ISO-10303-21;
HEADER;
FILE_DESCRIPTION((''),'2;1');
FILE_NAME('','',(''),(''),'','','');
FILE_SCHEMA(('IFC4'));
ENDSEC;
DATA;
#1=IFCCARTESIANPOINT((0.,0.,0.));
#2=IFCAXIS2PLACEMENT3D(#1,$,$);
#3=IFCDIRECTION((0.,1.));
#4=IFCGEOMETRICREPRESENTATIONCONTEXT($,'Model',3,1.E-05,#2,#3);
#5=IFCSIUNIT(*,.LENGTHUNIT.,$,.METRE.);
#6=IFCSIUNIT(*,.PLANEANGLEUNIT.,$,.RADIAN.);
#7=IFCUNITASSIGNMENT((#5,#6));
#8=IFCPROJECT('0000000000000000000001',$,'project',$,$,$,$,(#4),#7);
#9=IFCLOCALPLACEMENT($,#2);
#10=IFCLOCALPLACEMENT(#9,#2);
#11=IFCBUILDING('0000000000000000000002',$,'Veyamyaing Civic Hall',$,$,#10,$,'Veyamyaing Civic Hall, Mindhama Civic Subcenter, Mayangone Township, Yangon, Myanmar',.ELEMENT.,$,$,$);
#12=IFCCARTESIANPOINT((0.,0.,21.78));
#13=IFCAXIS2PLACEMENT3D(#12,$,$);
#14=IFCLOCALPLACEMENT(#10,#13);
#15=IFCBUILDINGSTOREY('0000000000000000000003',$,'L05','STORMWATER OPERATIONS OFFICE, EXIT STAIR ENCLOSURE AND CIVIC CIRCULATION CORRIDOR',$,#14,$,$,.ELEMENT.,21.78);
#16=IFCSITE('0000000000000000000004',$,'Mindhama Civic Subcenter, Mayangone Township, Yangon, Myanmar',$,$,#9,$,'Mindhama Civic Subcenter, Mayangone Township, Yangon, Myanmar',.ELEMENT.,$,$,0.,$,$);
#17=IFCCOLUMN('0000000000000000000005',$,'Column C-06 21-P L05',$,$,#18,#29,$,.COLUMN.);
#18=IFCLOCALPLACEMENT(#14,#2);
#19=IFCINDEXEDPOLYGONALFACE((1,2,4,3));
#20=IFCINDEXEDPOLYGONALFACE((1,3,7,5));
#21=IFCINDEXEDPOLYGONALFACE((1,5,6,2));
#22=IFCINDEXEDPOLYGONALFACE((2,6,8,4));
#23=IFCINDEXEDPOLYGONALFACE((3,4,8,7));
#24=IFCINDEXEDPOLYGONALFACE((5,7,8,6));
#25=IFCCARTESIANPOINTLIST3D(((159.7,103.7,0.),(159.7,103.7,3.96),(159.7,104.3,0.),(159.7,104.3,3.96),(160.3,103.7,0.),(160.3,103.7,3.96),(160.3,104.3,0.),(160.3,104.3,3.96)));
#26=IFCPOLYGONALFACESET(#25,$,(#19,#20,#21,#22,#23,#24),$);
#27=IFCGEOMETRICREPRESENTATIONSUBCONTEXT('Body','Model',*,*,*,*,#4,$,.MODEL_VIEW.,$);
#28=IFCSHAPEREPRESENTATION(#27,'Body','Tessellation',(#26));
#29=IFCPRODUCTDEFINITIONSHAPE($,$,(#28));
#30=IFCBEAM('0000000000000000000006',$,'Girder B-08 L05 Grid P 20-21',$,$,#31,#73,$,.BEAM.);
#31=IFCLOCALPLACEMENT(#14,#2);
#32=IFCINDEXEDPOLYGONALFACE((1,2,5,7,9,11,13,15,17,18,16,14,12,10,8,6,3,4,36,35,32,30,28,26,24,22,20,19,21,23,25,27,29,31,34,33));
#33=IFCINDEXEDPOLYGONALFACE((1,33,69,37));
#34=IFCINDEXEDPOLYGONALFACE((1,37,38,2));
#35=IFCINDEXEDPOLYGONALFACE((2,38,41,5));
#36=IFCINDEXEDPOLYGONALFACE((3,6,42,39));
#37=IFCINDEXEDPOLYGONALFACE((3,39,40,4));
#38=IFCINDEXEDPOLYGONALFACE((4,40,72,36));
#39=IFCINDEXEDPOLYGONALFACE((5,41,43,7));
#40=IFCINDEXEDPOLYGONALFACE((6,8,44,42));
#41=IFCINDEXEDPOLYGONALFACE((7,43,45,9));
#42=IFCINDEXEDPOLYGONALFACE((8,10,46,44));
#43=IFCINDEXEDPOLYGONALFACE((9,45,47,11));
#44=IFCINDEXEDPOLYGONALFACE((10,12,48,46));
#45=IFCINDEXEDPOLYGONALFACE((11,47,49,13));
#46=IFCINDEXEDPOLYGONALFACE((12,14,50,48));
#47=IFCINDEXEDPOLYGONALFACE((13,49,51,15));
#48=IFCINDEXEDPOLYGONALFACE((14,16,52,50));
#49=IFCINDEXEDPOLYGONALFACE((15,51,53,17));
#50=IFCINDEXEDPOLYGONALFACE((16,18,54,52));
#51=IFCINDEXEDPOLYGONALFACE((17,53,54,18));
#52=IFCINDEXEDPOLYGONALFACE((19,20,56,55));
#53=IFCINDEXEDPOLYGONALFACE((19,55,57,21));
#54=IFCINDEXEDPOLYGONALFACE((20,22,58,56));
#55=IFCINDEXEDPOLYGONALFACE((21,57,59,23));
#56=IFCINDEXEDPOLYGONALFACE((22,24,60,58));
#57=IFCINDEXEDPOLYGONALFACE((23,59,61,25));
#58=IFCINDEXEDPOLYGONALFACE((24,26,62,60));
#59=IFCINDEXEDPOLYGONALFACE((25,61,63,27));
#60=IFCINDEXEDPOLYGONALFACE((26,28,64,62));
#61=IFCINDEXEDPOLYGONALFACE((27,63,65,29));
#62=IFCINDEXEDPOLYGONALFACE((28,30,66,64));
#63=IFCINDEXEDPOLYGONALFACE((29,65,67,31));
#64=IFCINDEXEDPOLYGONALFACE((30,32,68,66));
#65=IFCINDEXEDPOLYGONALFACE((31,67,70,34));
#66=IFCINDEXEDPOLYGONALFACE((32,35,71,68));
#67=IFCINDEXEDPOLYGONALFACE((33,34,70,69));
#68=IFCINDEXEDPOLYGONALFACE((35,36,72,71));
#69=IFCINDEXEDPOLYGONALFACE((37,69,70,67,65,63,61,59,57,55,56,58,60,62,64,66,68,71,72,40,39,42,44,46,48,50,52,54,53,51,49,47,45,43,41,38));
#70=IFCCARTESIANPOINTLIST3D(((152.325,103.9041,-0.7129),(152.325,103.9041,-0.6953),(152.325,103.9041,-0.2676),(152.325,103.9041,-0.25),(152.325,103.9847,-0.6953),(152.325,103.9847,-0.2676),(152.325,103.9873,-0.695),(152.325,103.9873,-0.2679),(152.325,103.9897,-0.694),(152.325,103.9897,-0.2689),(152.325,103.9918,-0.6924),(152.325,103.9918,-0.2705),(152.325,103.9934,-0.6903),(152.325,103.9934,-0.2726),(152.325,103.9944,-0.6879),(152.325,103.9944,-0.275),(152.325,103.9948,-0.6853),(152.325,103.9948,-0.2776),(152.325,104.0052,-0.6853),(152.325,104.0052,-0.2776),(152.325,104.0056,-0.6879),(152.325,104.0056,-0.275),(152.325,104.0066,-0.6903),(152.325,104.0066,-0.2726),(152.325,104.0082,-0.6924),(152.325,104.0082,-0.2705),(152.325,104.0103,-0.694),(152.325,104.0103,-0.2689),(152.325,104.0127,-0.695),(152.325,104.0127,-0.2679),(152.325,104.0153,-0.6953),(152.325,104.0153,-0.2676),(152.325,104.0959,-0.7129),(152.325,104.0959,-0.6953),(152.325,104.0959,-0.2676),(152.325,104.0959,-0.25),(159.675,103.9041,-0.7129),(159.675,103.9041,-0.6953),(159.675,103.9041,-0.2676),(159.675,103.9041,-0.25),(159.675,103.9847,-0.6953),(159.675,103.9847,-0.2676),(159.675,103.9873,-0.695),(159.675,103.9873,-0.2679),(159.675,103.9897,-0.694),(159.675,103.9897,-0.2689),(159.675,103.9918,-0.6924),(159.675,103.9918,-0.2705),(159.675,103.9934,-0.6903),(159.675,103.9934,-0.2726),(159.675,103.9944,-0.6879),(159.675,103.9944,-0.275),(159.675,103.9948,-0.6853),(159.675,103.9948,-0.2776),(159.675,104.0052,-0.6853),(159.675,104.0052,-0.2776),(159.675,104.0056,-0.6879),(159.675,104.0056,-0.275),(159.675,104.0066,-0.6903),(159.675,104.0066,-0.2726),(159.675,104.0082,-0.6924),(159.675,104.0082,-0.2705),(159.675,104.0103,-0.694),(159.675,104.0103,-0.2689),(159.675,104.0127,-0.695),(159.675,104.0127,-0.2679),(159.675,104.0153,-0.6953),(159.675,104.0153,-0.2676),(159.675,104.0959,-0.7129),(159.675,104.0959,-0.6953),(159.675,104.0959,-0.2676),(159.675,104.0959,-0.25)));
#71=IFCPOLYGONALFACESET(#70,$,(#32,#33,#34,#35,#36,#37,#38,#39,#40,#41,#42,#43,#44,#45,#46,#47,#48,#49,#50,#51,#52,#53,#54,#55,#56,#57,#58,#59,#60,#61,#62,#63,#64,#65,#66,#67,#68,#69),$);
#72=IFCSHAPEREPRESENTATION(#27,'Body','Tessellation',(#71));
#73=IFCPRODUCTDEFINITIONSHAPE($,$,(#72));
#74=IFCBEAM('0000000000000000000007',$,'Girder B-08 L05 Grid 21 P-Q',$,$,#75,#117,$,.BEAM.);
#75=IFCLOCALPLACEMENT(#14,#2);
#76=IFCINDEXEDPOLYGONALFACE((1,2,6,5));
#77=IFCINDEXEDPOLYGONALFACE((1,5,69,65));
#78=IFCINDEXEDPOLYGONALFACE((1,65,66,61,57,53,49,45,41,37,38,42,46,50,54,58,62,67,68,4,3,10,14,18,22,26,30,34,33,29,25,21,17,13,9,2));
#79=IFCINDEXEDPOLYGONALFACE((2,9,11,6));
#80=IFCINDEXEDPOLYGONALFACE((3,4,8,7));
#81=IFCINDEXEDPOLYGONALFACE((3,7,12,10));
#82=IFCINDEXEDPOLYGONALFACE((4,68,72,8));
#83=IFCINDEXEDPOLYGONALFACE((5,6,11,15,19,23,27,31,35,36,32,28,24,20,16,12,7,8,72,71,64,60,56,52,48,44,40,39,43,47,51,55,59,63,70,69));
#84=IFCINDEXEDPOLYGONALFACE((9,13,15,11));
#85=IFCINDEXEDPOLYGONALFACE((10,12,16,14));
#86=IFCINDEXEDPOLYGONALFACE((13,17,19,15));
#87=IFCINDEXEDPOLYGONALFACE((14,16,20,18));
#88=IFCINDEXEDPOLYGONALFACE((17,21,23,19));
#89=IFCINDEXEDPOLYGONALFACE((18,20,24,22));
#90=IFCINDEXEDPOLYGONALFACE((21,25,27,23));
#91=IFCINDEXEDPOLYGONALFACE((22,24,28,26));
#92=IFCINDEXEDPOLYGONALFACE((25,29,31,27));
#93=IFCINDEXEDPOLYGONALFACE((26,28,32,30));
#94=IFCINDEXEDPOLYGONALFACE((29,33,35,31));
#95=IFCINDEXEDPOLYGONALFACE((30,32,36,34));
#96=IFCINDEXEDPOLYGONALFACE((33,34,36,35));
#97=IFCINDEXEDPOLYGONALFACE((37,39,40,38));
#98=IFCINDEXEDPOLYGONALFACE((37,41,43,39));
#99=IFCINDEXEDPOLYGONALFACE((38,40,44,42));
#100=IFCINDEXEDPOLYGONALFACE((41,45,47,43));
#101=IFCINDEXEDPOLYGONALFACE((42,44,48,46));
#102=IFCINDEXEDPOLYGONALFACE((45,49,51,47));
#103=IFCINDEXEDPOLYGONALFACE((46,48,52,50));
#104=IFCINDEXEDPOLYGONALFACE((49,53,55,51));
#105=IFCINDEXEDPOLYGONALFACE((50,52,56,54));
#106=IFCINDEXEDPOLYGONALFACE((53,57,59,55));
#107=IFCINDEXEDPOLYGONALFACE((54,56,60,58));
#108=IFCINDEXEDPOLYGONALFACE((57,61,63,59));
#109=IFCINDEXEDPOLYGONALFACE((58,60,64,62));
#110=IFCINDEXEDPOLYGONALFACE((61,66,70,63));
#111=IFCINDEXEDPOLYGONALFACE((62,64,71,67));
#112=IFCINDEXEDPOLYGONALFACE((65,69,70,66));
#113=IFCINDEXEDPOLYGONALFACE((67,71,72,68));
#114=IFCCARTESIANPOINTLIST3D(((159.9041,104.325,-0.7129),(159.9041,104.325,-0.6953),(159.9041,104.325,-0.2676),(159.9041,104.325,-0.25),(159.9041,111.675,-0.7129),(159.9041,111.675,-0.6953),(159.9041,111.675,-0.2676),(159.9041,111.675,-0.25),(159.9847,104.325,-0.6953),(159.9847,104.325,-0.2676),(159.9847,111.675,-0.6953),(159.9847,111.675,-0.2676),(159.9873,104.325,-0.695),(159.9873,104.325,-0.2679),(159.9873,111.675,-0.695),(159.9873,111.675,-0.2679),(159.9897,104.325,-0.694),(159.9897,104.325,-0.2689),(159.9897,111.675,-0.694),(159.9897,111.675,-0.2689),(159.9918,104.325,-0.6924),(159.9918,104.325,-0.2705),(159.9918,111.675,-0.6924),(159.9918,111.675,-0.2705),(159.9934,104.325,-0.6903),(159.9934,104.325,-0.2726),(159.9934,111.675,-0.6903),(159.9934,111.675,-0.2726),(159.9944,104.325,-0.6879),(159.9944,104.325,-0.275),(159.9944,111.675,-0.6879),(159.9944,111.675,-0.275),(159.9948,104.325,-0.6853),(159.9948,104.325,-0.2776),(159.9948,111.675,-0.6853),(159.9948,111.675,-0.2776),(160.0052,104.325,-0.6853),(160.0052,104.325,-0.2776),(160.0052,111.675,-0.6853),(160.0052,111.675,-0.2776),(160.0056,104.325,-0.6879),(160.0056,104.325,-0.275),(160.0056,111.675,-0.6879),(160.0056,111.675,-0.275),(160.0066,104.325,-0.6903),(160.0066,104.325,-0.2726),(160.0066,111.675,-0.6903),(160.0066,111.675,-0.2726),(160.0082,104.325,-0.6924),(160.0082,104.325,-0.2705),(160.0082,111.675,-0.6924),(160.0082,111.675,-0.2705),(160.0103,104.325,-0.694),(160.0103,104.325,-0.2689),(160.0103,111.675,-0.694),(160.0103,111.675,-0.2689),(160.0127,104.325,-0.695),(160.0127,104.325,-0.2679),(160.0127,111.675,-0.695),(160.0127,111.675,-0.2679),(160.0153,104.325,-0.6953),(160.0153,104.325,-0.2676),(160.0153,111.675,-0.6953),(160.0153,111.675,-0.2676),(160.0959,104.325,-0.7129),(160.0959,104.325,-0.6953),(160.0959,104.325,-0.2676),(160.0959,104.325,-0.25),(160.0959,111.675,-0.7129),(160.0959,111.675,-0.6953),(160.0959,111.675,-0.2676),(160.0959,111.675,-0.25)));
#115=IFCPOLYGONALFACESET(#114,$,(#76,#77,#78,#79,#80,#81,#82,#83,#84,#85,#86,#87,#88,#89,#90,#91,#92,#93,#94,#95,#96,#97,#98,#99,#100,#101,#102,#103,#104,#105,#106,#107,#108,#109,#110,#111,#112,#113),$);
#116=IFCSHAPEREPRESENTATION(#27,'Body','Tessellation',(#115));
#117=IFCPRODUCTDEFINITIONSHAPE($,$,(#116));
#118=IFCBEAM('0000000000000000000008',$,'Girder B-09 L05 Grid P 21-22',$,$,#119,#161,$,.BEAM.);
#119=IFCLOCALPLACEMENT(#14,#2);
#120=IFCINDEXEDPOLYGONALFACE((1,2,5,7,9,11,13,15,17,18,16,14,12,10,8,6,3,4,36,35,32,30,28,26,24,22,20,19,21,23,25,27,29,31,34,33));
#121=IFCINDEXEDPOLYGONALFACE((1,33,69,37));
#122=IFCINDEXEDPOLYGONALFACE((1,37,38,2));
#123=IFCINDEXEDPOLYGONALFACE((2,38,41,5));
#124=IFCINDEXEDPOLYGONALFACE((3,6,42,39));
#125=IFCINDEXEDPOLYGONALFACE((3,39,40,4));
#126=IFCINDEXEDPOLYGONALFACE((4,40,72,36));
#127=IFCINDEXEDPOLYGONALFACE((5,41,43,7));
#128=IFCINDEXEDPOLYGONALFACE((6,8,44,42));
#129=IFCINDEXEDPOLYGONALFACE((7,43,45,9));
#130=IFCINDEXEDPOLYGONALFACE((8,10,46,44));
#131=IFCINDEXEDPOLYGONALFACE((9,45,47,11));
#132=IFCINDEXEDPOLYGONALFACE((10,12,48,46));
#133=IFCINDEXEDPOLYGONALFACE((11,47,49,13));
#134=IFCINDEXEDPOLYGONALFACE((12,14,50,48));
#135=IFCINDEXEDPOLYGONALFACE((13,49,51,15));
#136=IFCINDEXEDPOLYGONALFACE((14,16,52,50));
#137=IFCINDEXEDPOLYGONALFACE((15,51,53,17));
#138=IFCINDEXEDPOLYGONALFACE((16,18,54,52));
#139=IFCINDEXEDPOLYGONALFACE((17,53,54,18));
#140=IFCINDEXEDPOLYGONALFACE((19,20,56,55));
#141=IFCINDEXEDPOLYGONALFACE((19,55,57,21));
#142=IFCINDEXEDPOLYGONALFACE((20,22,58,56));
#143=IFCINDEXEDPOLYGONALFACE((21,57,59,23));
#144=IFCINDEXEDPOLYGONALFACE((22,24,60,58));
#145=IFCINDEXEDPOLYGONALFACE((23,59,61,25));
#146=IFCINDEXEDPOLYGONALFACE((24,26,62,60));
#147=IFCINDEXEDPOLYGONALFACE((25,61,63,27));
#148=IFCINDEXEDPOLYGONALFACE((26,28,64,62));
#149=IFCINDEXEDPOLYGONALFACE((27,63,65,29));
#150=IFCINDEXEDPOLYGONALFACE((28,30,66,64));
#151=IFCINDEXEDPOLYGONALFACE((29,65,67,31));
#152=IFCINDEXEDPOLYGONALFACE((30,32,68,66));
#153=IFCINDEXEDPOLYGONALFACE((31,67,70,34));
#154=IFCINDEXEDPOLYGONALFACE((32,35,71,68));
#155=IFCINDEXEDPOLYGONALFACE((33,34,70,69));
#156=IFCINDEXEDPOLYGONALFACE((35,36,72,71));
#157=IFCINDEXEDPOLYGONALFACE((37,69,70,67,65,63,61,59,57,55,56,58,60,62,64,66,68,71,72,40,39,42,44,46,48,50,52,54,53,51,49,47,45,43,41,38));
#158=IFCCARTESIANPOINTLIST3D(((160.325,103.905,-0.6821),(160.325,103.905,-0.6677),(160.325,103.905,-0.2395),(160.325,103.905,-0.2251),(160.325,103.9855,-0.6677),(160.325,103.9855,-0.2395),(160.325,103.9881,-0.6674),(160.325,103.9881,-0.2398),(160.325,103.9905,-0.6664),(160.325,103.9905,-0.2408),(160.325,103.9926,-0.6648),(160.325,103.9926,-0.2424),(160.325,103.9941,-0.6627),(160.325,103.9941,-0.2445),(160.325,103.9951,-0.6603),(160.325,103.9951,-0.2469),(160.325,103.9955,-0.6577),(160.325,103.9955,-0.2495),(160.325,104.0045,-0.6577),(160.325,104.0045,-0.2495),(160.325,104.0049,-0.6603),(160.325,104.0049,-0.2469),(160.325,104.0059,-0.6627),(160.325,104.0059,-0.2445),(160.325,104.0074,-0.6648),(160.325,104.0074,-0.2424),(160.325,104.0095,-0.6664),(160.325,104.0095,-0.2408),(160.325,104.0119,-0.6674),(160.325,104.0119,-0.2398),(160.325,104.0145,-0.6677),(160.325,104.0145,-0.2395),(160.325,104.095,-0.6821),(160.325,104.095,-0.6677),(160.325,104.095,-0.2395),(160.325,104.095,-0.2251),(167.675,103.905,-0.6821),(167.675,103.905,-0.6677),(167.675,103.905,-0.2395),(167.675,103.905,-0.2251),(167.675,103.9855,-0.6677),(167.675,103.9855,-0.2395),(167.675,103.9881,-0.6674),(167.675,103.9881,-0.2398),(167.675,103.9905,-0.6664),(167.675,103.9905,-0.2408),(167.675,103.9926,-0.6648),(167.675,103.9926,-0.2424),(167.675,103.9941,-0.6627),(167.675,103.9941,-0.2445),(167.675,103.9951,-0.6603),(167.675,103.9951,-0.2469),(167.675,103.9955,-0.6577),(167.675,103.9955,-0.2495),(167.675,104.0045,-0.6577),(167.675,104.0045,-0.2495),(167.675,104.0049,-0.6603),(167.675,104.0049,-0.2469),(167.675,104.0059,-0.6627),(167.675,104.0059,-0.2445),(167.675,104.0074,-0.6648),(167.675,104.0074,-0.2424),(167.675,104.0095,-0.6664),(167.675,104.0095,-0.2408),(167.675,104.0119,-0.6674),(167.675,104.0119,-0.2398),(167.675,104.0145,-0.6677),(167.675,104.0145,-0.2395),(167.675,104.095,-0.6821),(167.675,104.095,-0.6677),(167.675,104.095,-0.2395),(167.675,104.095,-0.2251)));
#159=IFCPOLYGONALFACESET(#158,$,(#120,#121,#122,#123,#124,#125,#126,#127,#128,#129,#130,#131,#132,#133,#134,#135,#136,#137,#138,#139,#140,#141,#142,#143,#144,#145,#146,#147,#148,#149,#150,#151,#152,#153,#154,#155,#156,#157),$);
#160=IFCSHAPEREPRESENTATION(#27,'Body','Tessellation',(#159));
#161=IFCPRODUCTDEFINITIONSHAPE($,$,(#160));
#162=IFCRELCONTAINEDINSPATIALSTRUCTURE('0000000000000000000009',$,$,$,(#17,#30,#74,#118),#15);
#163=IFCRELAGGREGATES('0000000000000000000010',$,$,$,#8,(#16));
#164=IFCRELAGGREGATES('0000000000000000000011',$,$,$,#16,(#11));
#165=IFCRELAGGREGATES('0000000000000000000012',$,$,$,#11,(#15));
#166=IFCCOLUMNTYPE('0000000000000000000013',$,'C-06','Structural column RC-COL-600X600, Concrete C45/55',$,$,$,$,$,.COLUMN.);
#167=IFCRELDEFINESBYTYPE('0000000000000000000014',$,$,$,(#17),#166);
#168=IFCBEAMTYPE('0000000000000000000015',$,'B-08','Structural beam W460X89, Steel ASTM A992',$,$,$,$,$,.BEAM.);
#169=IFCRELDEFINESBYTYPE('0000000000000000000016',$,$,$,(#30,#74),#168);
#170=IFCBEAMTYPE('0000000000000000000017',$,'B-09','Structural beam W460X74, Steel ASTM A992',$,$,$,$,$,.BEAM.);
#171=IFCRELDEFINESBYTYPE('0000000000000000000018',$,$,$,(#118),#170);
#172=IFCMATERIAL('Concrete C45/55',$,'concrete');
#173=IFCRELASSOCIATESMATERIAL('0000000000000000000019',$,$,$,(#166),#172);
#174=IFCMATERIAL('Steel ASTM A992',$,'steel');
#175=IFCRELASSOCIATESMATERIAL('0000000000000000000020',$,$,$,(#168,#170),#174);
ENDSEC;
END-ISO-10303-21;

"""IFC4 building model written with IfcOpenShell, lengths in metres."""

from ifc_helpers import new_model, si_unit, direction, frame, origin, origin_2d, place, context, subcontext, project, spatial, rectangle, i_section, extrude, material, material_profile, profile_set, type_object, element, save


model = new_model("IFC4")

# Units and contexts
model_context = context("Model", 3, precision=1e-05, world=origin(), true_north=direction((0.0, 1.0)))
body_context = subcontext(model_context, "Body", "Model", "MODEL_VIEW")
ifc_project = project(units=[si_unit("LENGTHUNIT", "METRE"), si_unit("PLANEANGLEUNIT", "RADIAN")], contexts=[model_context])

# Site, building, storey
site_placement = place(None, origin())
site = spatial("IfcSite", under=ifc_project, at=site_placement, Name="Mindhama Civic Subcenter, Mayangone Township, Yangon, Myanmar", LongName="Mindhama Civic Subcenter, Mayangone Township, Yangon, Myanmar", CompositionType="ELEMENT", RefElevation=0.0)
building_placement = place(site_placement, origin())
building = spatial("IfcBuilding", under=site, at=building_placement, Name="Veyamyaing Civic Hall", LongName="Veyamyaing Civic Hall, Mindhama Civic Subcenter, Mayangone Township, Yangon, Myanmar", CompositionType="ELEMENT")
storey_placement = place(building_placement, frame((0.0, 0.0, 21.78)))
storey = spatial("IfcBuildingStorey", under=building, at=storey_placement, Name="L05", Description="STORMWATER OPERATIONS OFFICE, EXIT STAIR ENCLOSURE AND CIVIC CIRCULATION CORRIDOR", CompositionType="ELEMENT", Elevation=21.78)

# Column
ifc_material_1 = material(Name="Concrete C45/55", Category="concrete")
ifc_material_profile_1 = material_profile(ifc_material_1, rectangle(XDim=0.6001, YDim=0.6001, at=origin_2d()), Name="RC-COL-600X600")
ifc_profile_set_1 = profile_set([ifc_material_profile_1], Name="Concrete C45/55")
column_type = type_object("IfcColumnType", Name="C-06", Description="Structural column RC-COL-600X600, Concrete C45/55", PredefinedType="COLUMN", material=ifc_profile_set_1)
column_placement = place(storey_placement, frame((160.0, 104.0, 0.0), z_axis=(0.0, 0.0, 1.0), x_axis=(1.0, 0.0, 0.0)))
element("IfcColumn", 1, at=column_placement, inside=storey, type_object=column_type, Name="Column C-06 21-P L05", PredefinedType="COLUMN", context=body_context, shape_type="SweptSolid", body=[
    extrude(rectangle(XDim=0.6001, YDim=0.6001, at=origin_2d()), origin(), (0.0, 0.0, 1.0), 3.96),
])

# Beams
ifc_material_2 = material(Name="Steel ASTM A992", Category="steel")
ifc_material_profile_2 = material_profile(ifc_material_2, i_section(OverallWidth=0.1919, OverallDepth=0.4629, WebThickness=0.0105, FlangeThickness=0.0176, FilletRadius=0.01, at=origin_2d()), Name="W460X89")
ifc_profile_set_2 = profile_set([ifc_material_profile_2], Name="Steel ASTM A992")
beam_type_1 = type_object("IfcBeamType", Name="B-08", Description="Structural beam W460X89, Steel ASTM A992", PredefinedType="BEAM", material=ifc_profile_set_2)
for number, where, z_axis, x_axis, name in (
    (2, (152.325, 104.0, -0.4814), (1.0, 0.0, 0.0), (0.0, 1.0, 0.0), "Girder B-08 L05 Grid P 20-21"),
    (3, (160.0, 104.325, -0.4814), (0.0, 1.0, 0.0), (-1.0, 0.0, 0.0), "Girder B-08 L05 Grid 21 P-Q"),
):
    element("IfcBeam", number, at=place(storey_placement, frame(where, z_axis=z_axis, x_axis=x_axis)), inside=storey, type_object=beam_type_1, Name=name, PredefinedType="BEAM", context=body_context, shape_type="SweptSolid", body=[
        extrude(i_section(OverallWidth=0.1919, OverallDepth=0.4629, WebThickness=0.0105, FlangeThickness=0.0176, FilletRadius=0.01, at=origin_2d()), origin(), (0.0, 0.0, 1.0), 7.3501),
    ])
ifc_material_profile_3 = material_profile(ifc_material_2, i_section(OverallWidth=0.1899, OverallDepth=0.457, WebThickness=0.009, FlangeThickness=0.0144, FilletRadius=0.01, at=origin_2d()), Name="W460X74")
ifc_profile_set_3 = profile_set([ifc_material_profile_3], Name="Steel ASTM A992")
beam_type_2 = type_object("IfcBeamType", Name="B-09", Description="Structural beam W460X74, Steel ASTM A992", PredefinedType="BEAM", material=ifc_profile_set_3)
beam_1_placement = place(storey_placement, frame((160.325, 104.0, -0.4536), z_axis=(1.0, 0.0, 0.0), x_axis=(0.0, 1.0, 0.0)))
element("IfcBeam", 4, at=beam_1_placement, inside=storey, type_object=beam_type_2, Name="Girder B-09 L05 Grid P 21-22", PredefinedType="BEAM", context=body_context, shape_type="SweptSolid", body=[
    extrude(i_section(OverallWidth=0.1899, OverallDepth=0.457, WebThickness=0.009, FlangeThickness=0.0144, FilletRadius=0.01, at=origin_2d()), origin(), (0.0, 0.0, 1.0), 7.3501),
])

save(model, "model.ifc")
